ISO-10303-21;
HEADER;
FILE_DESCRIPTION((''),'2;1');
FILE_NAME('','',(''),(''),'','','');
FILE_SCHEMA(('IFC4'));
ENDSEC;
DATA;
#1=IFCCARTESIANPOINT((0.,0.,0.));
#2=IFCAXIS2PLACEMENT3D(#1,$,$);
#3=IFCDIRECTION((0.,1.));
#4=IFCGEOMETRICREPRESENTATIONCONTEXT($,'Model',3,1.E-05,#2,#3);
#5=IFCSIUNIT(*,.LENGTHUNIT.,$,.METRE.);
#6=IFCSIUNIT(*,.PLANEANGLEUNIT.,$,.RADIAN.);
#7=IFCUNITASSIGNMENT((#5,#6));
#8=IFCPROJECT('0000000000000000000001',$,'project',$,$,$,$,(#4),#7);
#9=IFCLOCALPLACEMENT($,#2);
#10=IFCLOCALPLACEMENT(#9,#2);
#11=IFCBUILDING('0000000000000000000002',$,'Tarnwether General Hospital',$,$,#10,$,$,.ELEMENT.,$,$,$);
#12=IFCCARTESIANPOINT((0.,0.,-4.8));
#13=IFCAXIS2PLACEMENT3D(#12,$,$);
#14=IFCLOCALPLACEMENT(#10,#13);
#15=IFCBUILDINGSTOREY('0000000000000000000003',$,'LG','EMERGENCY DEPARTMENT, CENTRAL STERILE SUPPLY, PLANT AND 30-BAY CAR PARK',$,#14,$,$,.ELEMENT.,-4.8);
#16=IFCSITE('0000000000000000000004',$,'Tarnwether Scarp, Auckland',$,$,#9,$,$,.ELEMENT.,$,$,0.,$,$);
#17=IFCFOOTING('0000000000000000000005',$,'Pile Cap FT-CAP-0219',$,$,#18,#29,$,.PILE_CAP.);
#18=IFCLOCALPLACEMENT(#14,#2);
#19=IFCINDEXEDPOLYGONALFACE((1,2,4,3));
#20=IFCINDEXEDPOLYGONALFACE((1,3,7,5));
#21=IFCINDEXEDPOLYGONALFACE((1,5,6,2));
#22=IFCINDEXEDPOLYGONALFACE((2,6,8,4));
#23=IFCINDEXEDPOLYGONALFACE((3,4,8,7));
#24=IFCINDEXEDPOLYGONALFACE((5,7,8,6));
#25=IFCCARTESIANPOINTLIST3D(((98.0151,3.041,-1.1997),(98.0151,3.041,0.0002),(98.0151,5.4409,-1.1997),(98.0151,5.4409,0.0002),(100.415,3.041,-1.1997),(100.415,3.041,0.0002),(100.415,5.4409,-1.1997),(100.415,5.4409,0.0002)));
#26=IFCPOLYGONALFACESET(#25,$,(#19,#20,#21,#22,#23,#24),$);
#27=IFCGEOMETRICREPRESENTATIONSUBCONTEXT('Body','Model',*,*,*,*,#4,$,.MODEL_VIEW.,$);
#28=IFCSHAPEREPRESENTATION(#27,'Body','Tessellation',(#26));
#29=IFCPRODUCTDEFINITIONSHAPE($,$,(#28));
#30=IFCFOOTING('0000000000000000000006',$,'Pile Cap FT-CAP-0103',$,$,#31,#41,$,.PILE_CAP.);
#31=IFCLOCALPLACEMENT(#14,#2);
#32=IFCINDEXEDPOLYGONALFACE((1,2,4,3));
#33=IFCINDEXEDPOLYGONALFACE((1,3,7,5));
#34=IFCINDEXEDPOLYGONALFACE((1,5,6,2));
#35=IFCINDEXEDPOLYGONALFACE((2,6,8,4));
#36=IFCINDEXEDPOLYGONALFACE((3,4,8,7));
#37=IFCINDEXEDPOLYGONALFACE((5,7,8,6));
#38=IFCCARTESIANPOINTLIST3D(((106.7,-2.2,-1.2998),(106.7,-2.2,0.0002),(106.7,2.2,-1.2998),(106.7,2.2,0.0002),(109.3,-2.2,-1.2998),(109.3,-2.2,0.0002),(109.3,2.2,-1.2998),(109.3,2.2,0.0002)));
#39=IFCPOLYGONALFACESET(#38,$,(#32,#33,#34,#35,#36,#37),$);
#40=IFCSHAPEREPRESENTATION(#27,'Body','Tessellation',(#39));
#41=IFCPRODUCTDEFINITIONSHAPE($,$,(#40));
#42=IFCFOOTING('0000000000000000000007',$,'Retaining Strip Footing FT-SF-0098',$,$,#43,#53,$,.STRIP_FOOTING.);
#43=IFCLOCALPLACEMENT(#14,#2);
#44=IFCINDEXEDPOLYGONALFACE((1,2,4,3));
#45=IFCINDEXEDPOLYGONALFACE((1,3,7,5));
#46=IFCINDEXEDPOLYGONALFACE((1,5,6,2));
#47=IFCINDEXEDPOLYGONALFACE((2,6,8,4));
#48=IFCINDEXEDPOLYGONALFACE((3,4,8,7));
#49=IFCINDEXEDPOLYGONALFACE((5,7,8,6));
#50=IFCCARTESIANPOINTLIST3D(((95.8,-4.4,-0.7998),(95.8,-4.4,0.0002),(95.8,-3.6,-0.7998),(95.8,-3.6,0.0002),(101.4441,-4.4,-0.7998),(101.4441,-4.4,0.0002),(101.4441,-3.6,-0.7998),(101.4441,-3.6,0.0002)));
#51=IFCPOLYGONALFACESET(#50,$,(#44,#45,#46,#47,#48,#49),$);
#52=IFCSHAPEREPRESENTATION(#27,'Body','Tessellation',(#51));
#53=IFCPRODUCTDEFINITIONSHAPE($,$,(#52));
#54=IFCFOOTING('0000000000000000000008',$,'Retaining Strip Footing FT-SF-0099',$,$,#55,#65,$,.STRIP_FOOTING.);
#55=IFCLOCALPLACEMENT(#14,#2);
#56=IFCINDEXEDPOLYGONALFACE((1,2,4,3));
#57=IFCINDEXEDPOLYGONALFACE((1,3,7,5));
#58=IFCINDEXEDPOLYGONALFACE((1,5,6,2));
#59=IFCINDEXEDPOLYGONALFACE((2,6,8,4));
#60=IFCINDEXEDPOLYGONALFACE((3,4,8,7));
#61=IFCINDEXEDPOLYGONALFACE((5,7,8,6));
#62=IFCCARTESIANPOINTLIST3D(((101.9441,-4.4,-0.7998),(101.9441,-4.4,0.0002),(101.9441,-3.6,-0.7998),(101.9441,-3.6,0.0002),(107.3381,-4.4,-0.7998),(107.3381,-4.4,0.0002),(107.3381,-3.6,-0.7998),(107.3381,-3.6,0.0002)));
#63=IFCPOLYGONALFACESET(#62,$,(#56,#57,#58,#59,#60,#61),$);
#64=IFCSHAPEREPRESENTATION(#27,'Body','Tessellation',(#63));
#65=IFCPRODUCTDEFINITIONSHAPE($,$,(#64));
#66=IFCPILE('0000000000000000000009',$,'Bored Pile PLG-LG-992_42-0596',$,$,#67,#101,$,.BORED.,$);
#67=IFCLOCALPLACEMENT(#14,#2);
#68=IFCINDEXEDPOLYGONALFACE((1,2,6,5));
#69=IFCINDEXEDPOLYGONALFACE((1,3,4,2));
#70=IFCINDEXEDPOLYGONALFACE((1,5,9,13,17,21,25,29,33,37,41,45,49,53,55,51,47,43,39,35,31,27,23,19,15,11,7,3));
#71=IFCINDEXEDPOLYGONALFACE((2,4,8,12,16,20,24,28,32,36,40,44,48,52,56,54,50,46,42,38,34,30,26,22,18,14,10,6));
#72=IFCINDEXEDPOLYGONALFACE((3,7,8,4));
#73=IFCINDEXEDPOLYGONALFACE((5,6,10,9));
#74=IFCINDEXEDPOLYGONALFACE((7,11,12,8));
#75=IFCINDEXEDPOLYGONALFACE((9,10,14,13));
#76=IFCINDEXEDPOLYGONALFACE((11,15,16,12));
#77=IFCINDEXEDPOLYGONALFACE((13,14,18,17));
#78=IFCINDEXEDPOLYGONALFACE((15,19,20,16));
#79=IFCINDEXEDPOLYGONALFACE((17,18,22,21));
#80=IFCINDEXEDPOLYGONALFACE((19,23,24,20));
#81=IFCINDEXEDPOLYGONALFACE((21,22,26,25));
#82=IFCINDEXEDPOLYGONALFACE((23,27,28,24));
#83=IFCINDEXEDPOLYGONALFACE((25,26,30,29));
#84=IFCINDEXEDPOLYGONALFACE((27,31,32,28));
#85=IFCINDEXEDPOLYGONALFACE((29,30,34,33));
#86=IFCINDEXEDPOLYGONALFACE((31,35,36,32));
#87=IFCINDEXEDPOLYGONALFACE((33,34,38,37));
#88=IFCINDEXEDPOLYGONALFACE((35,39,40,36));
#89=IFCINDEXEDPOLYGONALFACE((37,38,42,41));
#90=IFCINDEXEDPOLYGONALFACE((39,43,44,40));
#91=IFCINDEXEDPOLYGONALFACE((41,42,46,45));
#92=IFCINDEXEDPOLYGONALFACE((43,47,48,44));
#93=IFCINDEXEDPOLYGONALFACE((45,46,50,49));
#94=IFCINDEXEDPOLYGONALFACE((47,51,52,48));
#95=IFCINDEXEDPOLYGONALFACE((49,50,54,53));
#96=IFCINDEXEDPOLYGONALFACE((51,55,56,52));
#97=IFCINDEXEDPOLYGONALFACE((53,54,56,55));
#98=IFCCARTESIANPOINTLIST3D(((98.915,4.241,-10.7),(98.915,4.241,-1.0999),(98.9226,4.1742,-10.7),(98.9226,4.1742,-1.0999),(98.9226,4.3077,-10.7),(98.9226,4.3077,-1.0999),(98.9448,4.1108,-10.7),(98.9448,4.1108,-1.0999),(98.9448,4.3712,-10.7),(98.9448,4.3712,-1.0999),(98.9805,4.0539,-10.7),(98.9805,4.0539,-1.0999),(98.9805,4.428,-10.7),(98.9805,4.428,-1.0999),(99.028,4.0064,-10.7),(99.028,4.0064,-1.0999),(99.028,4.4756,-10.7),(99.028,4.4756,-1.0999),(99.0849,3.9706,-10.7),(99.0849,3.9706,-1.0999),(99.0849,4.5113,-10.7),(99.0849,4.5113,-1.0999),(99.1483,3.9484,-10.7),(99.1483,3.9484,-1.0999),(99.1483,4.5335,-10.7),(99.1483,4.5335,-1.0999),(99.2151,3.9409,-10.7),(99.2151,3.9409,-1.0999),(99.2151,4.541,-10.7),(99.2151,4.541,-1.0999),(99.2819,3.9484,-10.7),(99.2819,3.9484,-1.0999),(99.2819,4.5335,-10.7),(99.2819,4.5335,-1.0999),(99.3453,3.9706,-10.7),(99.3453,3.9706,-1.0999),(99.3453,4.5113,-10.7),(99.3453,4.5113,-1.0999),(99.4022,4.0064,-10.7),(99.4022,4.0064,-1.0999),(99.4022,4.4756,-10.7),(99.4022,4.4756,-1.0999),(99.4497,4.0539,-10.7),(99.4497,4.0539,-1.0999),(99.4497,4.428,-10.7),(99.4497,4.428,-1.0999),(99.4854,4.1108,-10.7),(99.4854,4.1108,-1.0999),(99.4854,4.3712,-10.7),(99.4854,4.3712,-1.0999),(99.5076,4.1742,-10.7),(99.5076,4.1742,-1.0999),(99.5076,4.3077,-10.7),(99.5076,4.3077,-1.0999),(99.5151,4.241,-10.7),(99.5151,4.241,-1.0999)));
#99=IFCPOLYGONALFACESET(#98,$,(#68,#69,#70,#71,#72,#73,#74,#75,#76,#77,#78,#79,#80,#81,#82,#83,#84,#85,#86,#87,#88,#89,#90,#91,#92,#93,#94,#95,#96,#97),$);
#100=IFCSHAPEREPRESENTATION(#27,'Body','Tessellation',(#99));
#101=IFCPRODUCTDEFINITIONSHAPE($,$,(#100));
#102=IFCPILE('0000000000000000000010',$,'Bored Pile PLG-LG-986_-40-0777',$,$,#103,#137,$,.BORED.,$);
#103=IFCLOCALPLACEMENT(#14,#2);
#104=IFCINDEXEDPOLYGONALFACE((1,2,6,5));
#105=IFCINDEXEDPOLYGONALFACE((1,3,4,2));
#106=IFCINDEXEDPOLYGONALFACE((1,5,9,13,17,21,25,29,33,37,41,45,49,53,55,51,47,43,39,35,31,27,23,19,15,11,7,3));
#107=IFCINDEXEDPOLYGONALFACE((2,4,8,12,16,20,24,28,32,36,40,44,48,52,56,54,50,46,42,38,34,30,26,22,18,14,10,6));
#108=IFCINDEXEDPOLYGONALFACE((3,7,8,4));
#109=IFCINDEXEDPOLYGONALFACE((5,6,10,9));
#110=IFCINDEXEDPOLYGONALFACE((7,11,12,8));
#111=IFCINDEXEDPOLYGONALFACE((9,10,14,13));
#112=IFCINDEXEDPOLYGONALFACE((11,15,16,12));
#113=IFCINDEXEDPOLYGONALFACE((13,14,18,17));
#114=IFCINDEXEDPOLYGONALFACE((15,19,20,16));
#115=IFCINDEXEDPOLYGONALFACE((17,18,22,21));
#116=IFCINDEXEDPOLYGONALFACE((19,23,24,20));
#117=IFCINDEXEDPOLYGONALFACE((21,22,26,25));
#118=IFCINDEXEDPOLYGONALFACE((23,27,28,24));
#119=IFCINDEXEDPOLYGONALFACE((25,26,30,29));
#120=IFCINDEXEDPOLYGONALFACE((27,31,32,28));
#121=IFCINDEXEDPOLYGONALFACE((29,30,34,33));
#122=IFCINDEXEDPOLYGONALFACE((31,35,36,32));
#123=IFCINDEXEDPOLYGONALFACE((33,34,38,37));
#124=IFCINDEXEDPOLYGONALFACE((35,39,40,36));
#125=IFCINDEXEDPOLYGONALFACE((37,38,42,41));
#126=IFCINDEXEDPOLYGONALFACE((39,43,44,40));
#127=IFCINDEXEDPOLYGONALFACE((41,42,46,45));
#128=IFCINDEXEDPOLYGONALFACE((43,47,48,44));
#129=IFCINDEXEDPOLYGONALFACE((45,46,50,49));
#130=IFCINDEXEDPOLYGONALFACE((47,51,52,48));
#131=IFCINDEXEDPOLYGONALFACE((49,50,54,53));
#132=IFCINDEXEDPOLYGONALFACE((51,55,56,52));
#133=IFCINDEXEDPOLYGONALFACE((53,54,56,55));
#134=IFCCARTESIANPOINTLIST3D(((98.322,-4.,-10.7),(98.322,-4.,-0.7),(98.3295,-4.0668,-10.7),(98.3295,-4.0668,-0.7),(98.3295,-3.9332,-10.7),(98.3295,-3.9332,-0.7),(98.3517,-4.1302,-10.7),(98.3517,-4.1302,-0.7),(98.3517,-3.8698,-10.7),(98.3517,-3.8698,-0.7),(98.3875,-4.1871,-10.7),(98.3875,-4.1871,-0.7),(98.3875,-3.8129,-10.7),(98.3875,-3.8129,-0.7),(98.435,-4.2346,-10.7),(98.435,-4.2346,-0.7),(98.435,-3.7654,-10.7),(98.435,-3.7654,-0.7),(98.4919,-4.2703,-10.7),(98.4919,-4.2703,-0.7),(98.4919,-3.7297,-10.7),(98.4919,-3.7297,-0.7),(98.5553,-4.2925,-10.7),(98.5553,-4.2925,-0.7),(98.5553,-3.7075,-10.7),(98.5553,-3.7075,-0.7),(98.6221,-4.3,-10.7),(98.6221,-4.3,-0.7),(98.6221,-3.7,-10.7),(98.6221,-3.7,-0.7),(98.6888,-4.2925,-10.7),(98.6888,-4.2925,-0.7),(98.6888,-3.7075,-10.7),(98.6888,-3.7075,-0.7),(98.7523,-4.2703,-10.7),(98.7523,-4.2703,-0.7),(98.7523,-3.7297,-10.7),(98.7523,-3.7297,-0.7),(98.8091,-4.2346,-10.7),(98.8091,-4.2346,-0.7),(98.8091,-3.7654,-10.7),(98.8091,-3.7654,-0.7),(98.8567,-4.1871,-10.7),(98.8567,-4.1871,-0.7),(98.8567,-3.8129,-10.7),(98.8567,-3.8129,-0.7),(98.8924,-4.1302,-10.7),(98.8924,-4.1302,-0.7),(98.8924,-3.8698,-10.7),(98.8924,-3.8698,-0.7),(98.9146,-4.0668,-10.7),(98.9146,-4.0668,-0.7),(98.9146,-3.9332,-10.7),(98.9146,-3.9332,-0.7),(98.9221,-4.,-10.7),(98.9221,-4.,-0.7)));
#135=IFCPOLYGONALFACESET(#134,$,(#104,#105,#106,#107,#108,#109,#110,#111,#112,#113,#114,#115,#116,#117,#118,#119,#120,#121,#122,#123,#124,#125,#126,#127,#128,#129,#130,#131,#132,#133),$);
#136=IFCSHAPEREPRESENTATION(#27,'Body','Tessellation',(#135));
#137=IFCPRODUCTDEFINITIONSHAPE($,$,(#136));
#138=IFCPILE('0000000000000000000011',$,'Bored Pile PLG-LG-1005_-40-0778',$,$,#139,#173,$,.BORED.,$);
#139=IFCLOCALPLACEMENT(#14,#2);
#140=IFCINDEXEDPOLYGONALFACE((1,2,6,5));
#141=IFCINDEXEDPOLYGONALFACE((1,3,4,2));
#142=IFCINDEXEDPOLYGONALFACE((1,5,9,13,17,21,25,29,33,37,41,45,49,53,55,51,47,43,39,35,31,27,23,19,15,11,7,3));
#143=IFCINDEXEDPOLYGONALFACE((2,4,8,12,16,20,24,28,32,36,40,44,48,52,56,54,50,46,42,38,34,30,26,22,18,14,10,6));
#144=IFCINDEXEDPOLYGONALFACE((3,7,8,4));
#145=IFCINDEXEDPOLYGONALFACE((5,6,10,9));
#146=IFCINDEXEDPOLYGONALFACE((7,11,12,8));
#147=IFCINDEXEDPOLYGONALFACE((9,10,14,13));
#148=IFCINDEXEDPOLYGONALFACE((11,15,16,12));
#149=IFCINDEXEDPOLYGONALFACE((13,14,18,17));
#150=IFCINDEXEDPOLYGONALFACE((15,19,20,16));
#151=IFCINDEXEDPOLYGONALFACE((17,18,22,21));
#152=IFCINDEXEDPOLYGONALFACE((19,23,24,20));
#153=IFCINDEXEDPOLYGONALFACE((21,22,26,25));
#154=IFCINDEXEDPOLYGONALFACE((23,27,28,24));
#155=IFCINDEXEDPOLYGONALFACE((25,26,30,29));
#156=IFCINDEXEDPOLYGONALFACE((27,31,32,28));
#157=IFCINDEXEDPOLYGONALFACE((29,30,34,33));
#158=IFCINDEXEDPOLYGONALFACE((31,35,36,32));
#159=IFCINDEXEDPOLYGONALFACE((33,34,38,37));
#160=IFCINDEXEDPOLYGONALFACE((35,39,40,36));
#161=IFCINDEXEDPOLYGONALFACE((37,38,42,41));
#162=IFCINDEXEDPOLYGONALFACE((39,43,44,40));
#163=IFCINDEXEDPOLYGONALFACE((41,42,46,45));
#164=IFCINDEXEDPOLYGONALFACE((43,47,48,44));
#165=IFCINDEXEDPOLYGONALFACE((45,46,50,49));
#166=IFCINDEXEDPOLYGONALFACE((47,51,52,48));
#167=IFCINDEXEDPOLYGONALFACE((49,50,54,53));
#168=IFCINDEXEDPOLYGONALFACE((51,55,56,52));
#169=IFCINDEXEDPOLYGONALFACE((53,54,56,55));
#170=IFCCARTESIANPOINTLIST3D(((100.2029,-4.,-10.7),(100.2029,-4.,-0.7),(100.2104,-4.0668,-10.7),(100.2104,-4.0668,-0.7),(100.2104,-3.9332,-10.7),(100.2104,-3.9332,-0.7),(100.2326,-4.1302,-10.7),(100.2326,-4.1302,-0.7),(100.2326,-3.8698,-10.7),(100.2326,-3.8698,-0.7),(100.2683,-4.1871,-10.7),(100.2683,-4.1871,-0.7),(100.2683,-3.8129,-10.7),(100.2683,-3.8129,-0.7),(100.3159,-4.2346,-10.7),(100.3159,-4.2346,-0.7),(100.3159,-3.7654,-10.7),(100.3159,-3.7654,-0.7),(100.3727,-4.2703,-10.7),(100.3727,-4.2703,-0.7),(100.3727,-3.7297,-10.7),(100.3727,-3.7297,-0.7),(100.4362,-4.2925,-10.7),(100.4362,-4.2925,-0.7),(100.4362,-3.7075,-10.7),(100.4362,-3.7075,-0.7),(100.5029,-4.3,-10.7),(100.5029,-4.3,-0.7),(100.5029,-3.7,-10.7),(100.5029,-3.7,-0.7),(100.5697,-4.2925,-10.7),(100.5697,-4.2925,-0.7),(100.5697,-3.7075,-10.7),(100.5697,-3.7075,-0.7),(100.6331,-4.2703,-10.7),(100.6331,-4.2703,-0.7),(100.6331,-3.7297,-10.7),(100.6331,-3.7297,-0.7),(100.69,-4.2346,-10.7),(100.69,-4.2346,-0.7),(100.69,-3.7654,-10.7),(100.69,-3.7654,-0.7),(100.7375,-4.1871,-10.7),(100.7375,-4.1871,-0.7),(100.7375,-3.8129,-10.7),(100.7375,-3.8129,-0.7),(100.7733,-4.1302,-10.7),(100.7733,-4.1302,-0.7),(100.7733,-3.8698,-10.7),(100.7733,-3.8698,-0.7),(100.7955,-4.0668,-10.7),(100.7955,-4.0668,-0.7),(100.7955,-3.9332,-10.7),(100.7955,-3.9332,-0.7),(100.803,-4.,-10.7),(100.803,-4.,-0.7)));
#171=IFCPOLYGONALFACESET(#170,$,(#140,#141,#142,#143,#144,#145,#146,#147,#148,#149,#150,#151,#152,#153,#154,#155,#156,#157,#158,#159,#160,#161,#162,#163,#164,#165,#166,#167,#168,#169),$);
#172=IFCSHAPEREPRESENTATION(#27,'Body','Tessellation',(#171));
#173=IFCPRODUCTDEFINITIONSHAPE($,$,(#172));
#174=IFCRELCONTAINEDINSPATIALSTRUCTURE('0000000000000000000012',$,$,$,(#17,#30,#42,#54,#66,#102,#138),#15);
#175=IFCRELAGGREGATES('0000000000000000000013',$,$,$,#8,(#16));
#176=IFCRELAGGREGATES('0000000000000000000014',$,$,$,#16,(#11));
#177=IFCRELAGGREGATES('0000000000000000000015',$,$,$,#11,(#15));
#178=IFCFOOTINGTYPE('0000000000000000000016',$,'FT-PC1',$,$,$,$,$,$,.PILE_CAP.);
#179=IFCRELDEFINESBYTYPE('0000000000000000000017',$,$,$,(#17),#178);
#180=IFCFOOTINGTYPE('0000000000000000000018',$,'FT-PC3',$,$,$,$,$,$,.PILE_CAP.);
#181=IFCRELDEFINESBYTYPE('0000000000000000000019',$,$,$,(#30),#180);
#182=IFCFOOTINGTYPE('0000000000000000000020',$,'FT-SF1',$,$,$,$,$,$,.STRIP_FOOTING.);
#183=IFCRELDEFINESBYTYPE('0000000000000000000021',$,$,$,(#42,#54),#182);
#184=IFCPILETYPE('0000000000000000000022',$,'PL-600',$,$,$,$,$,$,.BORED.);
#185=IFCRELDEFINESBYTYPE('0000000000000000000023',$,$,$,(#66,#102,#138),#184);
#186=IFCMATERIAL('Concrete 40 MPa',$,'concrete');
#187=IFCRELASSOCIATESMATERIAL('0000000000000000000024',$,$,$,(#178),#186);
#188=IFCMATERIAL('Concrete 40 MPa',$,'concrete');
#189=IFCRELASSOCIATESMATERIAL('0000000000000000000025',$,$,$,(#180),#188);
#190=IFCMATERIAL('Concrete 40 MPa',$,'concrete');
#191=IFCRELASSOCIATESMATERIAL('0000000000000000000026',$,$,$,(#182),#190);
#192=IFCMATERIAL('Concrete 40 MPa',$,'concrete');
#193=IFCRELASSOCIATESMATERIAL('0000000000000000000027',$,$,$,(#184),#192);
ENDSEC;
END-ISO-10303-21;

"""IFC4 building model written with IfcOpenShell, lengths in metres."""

from ifc_helpers import new_model, si_unit, direction, frame, origin, origin_2d, place, context, subcontext, project, spatial, rectangle, circle, extrude, material, material_profile, profile_set, type_object, element, save


model = new_model("IFC4")

# Units and contexts
model_context = context("Model", 3, precision=1e-05, world=origin(), true_north=direction((0.0, 1.0)))
body_context = subcontext(model_context, "Body", "Model", "MODEL_VIEW")
ifc_project = project(units=[si_unit("LENGTHUNIT", "METRE"), si_unit("PLANEANGLEUNIT", "RADIAN")], contexts=[model_context])

# Site, building, storey
site_placement = place(None, origin())
site = spatial("IfcSite", under=ifc_project, at=site_placement, Name="Tarnwether Scarp, Auckland", CompositionType="ELEMENT", RefElevation=0.0)
building_placement = place(site_placement, origin())
building = spatial("IfcBuilding", under=site, at=building_placement, Name="Tarnwether General Hospital", CompositionType="ELEMENT")
storey_placement = place(building_placement, frame((0.0, 0.0, -4.8)))
storey = spatial("IfcBuildingStorey", under=building, at=storey_placement, Name="LG", Description="EMERGENCY DEPARTMENT, CENTRAL STERILE SUPPLY, PLANT AND 30-BAY CAR PARK", CompositionType="ELEMENT", Elevation=-4.8)

# Footings
ifc_material_1 = material(Name="Concrete 40 MPa", Category="concrete")
footing_type_1 = type_object("IfcFootingType", Name="FT-PC1", PredefinedType="PILE_CAP", material=ifc_material_1)
footing_1_placement = place(storey_placement, frame((99.2151, 4.241, -1.1997), z_axis=(0.0, 0.0, 1.0), x_axis=(1.0, 0.0, 0.0)))
element("IfcFooting", 1, at=footing_1_placement, inside=storey, type_object=footing_type_1, Name="Pile Cap FT-CAP-0219", PredefinedType="PILE_CAP", context=body_context, shape_type="SweptSolid", body=[
    extrude(rectangle(XDim=2.3999, YDim=2.3999, at=origin_2d()), origin(), (0.0, 0.0, 1.0), 1.2),
])
ifc_material_2 = material(Name="Concrete 40 MPa", Category="concrete")
footing_type_2 = type_object("IfcFootingType", Name="FT-PC3", PredefinedType="PILE_CAP", material=ifc_material_2)
footing_2_placement = place(storey_placement, frame((108.0, 0.0, -1.2998), z_axis=(0.0, 0.0, 1.0), x_axis=(0.0, 1.0, 0.0)))
element("IfcFooting", 2, at=footing_2_placement, inside=storey, type_object=footing_type_2, Name="Pile Cap FT-CAP-0103", PredefinedType="PILE_CAP", context=body_context, shape_type="SweptSolid", body=[
    extrude(rectangle(XDim=4.3999, YDim=2.6001, at=origin_2d()), origin(), (0.0, 0.0, 1.0), 1.3),
])
ifc_material_3 = material(Name="Concrete 40 MPa", Category="concrete")
footing_type_3 = type_object("IfcFootingType", Name="FT-SF1", PredefinedType="STRIP_FOOTING", material=ifc_material_3)
footing_3_placement = place(storey_placement, frame((98.6221, -4.0, -0.7998), z_axis=(0.0, 0.0, 1.0), x_axis=(1.0, 0.0, 0.0)))
element("IfcFooting", 3, at=footing_3_placement, inside=storey, type_object=footing_type_3, Name="Retaining Strip Footing FT-SF-0098", PredefinedType="STRIP_FOOTING", context=body_context, shape_type="SweptSolid", body=[
    extrude(rectangle(XDim=5.644, YDim=0.8, at=origin_2d()), origin(), (0.0, 0.0, 1.0), 0.8),
])
footing_4_placement = place(storey_placement, frame((104.6411, -4.0, -0.7998), z_axis=(0.0, 0.0, 1.0), x_axis=(1.0, 0.0, 0.0)))
element("IfcFooting", 4, at=footing_4_placement, inside=storey, type_object=footing_type_3, Name="Retaining Strip Footing FT-SF-0099", PredefinedType="STRIP_FOOTING", context=body_context, shape_type="SweptSolid", body=[
    extrude(rectangle(XDim=5.394, YDim=0.8, at=origin_2d()), origin(), (0.0, 0.0, 1.0), 0.8),
])

# Piles
ifc_material_4 = material(Name="Concrete 40 MPa", Category="concrete")
ifc_material_profile_1 = material_profile(ifc_material_4, circle(Radius=0.3, at=origin_2d()), Name="PILE-D600")
ifc_profile_set_1 = profile_set([ifc_material_profile_1], Name="Concrete 40 MPa")
pile_type_1 = type_object("IfcPileType", Name="PL-600", PredefinedType="BORED", material=ifc_profile_set_1)
pile_placement = place(storey_placement, frame((99.2151, 4.241, -1.0999), z_axis=(0.0, 0.0, -1.0), x_axis=(1.0, 0.0, 0.0)))
element("IfcPile", 5, at=pile_placement, inside=storey, type_object=pile_type_1, Name="Bored Pile PLG-LG-992_42-0596", PredefinedType="BORED", context=body_context, shape_type="SweptSolid", body=[
    extrude(circle(Radius=0.3, at=origin_2d()), origin(), (0.0, 0.0, 1.0), 9.6001),
])
for number, where, z_axis, x_axis, name in (
    (6, (98.6221, -4.0, -0.7), (0.0, 0.0, -1.0), (1.0, 0.0, 0.0), "Bored Pile PLG-LG-986_-40-0777"),
    (7, (100.5029, -4.0, -0.7), (0.0, 0.0, -1.0), (1.0, 0.0, 0.0), "Bored Pile PLG-LG-1005_-40-0778"),
):
    element("IfcPile", number, at=place(storey_placement, frame(where, z_axis=z_axis, x_axis=x_axis)), inside=storey, type_object=pile_type_1, Name=name, PredefinedType="BORED", context=body_context, shape_type="SweptSolid", body=[
        extrude(circle(Radius=0.3, at=origin_2d()), origin(), (0.0, 0.0, 1.0), 10.0),
    ])

save(model, "model.ifc")
